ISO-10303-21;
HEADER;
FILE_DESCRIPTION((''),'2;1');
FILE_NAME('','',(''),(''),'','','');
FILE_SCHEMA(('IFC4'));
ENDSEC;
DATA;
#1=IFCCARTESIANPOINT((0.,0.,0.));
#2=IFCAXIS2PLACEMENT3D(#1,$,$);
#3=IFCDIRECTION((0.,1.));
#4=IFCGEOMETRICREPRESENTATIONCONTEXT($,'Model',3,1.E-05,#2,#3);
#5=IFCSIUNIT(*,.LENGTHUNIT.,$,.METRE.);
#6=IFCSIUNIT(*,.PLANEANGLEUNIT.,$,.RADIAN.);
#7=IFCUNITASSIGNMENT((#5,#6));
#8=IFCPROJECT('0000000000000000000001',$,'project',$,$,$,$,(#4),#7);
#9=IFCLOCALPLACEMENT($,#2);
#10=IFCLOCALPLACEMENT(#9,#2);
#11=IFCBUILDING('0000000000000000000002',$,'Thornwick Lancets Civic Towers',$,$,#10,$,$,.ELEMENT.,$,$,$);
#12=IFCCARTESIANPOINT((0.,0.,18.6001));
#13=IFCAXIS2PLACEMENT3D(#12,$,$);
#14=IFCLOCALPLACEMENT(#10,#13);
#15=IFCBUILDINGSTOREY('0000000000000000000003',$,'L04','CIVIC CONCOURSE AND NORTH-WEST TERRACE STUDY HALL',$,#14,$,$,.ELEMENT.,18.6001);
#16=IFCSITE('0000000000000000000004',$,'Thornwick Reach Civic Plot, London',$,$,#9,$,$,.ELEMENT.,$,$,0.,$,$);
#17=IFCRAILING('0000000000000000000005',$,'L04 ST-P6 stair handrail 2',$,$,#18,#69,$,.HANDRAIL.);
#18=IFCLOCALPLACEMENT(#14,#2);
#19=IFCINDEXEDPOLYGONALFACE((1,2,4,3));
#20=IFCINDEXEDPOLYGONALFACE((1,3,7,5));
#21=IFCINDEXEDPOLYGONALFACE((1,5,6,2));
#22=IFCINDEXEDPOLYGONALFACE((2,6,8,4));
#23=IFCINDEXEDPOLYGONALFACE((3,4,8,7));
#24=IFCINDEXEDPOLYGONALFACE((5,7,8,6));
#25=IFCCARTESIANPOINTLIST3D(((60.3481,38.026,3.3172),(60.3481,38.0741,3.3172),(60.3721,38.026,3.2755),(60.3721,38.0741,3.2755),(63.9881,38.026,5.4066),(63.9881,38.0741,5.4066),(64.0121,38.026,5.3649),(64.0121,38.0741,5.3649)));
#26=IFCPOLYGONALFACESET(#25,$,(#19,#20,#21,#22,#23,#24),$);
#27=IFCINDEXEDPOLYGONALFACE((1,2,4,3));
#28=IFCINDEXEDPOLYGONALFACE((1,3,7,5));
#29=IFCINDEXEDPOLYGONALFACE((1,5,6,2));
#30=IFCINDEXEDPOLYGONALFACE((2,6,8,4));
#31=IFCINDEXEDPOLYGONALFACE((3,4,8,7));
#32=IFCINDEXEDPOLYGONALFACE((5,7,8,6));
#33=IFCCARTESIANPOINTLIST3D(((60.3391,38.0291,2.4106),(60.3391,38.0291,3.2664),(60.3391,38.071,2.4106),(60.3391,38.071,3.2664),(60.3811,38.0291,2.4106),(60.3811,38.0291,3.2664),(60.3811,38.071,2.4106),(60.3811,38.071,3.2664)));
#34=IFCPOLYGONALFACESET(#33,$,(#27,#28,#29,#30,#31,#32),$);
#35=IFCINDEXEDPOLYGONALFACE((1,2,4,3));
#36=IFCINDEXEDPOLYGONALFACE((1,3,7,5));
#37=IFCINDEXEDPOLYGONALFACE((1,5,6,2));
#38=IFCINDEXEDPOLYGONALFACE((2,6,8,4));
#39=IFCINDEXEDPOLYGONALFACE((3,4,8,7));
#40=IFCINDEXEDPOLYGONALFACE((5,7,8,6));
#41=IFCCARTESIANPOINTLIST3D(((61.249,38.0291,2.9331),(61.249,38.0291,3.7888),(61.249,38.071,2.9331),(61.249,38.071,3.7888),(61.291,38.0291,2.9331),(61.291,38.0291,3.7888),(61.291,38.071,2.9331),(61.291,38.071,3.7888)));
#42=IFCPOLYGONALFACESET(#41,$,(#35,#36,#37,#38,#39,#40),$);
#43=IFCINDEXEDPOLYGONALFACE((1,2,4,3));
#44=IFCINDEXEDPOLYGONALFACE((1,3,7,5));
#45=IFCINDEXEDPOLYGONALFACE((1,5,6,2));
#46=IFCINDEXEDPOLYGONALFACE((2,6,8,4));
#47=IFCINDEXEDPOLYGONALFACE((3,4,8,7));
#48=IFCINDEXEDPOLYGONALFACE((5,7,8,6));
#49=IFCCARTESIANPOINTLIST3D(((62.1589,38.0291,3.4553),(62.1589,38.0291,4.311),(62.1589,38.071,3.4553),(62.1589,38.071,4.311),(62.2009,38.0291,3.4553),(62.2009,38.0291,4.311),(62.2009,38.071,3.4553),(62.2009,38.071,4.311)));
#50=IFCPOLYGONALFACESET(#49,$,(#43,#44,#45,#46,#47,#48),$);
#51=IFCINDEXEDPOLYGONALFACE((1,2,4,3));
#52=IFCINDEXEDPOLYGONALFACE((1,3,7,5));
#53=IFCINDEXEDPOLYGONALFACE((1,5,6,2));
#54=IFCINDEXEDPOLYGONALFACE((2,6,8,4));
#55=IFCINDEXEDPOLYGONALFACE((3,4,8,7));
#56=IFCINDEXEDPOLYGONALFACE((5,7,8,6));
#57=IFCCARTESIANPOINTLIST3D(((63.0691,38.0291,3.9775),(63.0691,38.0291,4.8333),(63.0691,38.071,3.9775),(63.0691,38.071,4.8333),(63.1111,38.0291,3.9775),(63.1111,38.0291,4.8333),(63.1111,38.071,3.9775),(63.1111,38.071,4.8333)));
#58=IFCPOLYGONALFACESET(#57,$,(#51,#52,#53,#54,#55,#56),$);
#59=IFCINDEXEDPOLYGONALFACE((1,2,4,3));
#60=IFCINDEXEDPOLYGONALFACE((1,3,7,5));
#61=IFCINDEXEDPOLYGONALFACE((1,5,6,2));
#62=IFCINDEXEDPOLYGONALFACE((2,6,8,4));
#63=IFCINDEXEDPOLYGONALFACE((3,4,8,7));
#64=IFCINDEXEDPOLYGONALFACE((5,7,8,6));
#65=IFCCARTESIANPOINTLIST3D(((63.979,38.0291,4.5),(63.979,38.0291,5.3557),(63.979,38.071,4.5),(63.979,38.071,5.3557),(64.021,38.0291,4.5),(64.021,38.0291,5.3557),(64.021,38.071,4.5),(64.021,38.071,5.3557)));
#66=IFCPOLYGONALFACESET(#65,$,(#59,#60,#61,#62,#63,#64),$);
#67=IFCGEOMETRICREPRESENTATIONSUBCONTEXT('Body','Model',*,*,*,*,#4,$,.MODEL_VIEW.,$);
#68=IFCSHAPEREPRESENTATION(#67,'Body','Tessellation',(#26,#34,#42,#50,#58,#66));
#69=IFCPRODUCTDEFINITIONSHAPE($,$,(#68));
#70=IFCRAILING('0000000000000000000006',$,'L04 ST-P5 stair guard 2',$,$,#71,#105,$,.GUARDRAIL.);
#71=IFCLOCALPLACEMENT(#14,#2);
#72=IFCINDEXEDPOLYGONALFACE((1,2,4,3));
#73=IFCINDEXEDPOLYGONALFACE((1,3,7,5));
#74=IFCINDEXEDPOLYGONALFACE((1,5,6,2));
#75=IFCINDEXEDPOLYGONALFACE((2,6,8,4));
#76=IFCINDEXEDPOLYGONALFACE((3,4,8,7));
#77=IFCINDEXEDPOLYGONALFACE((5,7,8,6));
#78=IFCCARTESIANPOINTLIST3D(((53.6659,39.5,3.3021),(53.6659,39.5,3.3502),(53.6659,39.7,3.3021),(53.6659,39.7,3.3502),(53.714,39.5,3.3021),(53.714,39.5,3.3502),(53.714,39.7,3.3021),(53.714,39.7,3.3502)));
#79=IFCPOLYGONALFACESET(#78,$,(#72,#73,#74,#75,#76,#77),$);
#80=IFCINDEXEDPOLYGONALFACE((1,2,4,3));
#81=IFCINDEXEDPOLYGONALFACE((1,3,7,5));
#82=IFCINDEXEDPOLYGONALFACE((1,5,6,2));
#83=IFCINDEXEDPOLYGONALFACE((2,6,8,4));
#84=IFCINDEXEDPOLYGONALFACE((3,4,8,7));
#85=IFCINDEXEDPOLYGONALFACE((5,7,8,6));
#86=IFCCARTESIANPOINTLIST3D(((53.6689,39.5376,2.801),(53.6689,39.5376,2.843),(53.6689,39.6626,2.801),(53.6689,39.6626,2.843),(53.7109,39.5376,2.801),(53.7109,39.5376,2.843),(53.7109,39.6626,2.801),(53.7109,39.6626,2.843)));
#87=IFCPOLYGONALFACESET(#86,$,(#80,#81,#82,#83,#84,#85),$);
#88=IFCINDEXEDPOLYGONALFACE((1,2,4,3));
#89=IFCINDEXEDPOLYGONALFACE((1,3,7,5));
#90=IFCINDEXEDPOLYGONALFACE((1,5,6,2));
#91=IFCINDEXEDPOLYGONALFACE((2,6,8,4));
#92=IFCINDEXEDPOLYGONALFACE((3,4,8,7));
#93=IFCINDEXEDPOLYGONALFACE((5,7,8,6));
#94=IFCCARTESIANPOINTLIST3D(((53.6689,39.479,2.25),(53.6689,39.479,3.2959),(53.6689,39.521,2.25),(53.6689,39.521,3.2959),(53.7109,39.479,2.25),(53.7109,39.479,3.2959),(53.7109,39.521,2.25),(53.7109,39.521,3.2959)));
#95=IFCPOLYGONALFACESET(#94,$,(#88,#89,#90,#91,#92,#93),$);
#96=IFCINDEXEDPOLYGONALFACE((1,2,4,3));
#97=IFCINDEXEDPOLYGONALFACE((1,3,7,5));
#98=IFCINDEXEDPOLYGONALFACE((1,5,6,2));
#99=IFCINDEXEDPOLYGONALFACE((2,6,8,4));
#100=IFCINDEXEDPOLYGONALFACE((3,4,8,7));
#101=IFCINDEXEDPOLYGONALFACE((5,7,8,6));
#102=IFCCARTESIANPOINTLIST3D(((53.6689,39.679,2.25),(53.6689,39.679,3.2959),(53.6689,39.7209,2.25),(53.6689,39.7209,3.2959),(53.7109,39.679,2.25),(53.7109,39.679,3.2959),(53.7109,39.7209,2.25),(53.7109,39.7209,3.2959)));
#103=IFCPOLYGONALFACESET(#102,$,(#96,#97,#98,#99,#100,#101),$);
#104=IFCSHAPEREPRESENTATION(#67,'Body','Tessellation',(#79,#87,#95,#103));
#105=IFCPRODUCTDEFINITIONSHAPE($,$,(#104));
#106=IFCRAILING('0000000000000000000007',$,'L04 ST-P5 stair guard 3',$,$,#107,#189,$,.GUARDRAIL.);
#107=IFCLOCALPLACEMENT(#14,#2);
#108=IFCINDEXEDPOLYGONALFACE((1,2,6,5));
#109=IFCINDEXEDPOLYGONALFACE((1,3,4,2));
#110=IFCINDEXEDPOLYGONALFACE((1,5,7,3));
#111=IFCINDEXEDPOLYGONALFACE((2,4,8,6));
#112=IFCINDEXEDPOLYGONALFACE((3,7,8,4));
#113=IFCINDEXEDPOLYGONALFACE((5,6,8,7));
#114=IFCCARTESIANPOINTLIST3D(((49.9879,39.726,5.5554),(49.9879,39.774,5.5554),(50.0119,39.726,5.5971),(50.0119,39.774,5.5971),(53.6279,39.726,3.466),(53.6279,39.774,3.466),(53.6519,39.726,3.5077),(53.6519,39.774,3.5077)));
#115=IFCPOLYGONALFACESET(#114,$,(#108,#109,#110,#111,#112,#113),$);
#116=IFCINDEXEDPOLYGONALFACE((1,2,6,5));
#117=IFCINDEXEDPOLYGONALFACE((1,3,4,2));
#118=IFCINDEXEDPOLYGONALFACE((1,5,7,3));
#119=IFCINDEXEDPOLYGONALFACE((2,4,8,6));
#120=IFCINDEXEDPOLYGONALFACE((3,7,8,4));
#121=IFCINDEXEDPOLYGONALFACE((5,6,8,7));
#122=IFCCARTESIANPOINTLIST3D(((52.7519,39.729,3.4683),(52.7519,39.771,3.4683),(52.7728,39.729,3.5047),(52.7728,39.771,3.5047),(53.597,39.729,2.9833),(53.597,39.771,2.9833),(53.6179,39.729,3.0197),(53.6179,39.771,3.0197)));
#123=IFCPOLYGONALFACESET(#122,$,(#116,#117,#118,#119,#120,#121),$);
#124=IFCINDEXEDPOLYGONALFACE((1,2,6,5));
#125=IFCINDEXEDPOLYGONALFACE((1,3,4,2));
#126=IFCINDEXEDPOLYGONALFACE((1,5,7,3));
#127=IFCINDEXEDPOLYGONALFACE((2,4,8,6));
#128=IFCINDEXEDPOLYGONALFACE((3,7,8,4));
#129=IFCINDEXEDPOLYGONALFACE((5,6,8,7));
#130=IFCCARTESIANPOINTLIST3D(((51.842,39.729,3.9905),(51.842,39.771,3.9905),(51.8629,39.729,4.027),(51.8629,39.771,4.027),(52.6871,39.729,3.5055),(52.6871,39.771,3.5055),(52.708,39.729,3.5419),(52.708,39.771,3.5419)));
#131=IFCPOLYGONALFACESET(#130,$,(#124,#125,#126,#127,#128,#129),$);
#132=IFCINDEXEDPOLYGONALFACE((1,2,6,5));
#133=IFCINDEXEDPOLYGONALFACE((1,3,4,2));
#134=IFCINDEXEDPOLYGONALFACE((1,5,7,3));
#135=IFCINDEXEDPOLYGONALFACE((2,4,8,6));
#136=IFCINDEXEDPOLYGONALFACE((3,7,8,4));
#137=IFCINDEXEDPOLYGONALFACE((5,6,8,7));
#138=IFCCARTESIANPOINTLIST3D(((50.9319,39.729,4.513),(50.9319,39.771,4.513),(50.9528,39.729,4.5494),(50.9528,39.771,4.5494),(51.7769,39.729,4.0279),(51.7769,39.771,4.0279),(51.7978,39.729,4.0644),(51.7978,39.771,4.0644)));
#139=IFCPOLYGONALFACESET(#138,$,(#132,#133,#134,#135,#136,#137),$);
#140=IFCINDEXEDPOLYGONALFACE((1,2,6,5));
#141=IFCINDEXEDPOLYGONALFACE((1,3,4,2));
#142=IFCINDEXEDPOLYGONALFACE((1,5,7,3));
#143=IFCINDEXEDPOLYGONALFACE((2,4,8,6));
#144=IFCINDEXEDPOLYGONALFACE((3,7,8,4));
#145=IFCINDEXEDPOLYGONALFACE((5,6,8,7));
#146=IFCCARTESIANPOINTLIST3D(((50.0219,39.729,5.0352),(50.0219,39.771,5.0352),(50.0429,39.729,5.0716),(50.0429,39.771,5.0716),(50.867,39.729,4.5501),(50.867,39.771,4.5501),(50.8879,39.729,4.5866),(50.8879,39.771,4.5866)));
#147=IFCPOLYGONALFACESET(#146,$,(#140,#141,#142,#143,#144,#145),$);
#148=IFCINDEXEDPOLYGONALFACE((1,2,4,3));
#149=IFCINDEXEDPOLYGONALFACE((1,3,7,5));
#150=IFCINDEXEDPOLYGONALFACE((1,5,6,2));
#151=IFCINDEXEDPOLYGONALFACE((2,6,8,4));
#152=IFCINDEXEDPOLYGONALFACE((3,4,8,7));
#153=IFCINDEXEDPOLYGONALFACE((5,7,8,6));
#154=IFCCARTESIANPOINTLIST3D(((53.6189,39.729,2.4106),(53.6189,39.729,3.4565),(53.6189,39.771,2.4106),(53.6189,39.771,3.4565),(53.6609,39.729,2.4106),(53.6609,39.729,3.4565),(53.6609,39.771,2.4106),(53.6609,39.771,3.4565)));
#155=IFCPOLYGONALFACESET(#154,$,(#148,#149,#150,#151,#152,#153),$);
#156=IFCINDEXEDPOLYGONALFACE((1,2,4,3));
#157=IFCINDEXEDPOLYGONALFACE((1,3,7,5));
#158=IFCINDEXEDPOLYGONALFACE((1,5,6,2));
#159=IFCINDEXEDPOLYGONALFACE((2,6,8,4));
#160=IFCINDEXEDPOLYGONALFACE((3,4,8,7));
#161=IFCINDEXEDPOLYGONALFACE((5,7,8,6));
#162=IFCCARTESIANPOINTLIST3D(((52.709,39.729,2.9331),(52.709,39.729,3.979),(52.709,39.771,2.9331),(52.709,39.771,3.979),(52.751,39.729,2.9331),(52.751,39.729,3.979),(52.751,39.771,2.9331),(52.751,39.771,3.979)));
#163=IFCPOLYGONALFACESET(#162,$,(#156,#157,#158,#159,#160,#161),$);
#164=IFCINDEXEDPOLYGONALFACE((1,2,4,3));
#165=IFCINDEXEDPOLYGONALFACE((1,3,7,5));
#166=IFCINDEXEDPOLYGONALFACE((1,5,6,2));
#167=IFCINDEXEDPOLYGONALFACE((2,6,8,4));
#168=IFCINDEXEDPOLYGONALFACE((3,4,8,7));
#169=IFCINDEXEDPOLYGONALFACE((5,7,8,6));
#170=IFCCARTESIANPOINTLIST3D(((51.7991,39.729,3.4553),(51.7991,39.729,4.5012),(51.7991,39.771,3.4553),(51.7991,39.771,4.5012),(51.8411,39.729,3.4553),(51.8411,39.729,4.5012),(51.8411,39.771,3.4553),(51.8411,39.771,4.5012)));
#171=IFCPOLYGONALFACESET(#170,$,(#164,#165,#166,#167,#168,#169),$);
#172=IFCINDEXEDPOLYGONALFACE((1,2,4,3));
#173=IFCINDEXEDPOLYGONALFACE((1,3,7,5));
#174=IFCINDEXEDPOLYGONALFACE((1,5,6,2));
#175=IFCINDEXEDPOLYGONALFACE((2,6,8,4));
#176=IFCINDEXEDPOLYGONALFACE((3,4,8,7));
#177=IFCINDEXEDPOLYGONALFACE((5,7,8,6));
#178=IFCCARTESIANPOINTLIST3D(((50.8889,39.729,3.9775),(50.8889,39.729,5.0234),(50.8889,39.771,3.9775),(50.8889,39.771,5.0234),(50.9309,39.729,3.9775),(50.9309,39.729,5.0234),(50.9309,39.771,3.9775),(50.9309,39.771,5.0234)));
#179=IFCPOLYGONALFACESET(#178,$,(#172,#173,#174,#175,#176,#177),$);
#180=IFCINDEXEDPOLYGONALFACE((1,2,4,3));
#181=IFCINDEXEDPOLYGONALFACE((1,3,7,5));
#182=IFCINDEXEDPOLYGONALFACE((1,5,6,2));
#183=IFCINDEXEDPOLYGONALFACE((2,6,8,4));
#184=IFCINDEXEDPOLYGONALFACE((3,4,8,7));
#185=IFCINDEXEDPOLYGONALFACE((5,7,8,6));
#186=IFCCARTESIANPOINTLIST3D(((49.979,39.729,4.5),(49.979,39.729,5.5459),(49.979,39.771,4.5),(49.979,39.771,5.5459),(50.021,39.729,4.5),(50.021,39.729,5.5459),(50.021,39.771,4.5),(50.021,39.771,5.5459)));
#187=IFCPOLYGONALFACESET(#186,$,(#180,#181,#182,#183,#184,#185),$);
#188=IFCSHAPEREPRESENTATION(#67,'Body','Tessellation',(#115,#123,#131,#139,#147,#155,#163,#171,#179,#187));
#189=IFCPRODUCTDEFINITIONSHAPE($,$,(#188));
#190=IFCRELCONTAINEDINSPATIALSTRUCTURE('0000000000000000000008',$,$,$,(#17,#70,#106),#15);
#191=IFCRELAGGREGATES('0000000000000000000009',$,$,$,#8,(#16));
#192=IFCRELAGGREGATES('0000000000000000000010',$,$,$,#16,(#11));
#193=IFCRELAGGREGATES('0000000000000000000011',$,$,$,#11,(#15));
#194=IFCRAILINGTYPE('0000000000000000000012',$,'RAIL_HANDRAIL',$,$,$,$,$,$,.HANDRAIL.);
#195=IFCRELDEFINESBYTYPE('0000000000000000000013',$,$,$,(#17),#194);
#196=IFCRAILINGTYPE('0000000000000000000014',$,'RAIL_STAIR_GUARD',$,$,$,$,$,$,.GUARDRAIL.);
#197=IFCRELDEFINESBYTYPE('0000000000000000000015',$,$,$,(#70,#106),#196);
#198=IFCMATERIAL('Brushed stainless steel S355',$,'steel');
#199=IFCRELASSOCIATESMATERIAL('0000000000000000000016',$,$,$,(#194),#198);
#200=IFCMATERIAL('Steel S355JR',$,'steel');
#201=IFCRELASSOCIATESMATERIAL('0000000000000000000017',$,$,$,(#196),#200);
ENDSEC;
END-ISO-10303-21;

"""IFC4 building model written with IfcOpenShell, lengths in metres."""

from ifc_helpers import new_model, si_unit, direction, frame, origin, origin_2d, place, context, subcontext, project, spatial, rectangle, extrude, material, type_object, element, save


model = new_model("IFC4")

# Units and contexts
model_context = context("Model", 3, precision=1e-05, world=origin(), true_north=direction((0.0, 1.0)))
body_context = subcontext(model_context, "Body", "Model", "MODEL_VIEW")
ifc_project = project(units=[si_unit("LENGTHUNIT", "METRE"), si_unit("PLANEANGLEUNIT", "RADIAN")], contexts=[model_context])

# Site, building, storey
site_placement = place(None, origin())
site = spatial("IfcSite", under=ifc_project, at=site_placement, Name="Thornwick Reach Civic Plot, London", CompositionType="ELEMENT", RefElevation=0.0)
building_placement = place(site_placement, origin())
building = spatial("IfcBuilding", under=site, at=building_placement, Name="Thornwick Lancets Civic Towers", CompositionType="ELEMENT")
storey_placement = place(building_placement, frame((0.0, 0.0, 18.6001)))
storey = spatial("IfcBuildingStorey", under=building, at=storey_placement, Name="L04", Description="CIVIC CONCOURSE AND NORTH-WEST TERRACE STUDY HALL", CompositionType="ELEMENT", Elevation=18.6001)

# Shared definitions
ifc_material_1 = material(Name="Steel S355JR", Category="steel")

# Railings
ifc_material_2 = material(Name="Brushed stainless steel S355", Category="steel")
railing_type_1 = type_object("IfcRailingType", Name="RAIL_HANDRAIL", PredefinedType="HANDRAIL", material=ifc_material_2)
railing_1_placement = place(storey_placement, frame((60.3601, 38.05, 2.4106)))
element("IfcRailing", 1, at=railing_1_placement, inside=storey, type_object=railing_type_1, Name="L04 ST-P6 stair handrail 2", PredefinedType="HANDRAIL", context=body_context, shape_type="SweptSolid", body=[
    extrude(rectangle(XDim=0.0481, YDim=0.0481, at=origin_2d()), frame((0.0, 0.0, 0.8857), z_axis=(0.867275, 0.0, 0.497829), x_axis=(0.0, 1.0, 0.0)), (0.0, 0.0, 1.0), 4.197),
    extrude(rectangle(XDim=0.042, YDim=0.042, at=origin_2d()), origin(), (0.0, 0.0, 1.0), 0.8557),
    extrude(rectangle(XDim=0.042, YDim=0.042, at=origin_2d()), frame((0.9099, 0.0, 0.5225)), (0.0, 0.0, 1.0), 0.8557),
    extrude(rectangle(XDim=0.042, YDim=0.042, at=origin_2d()), frame((1.8198, 0.0, 1.0447)), (0.0, 0.0, 1.0), 0.8557),
    extrude(rectangle(XDim=0.042, YDim=0.042, at=origin_2d()), frame((2.73, 0.0, 1.5669)), (0.0, 0.0, 1.0), 0.8557),
    extrude(rectangle(XDim=0.042, YDim=0.042, at=origin_2d()), frame((3.6399, 0.0, 2.0894)), (0.0, 0.0, 1.0), 0.8557),
])
railing_type_2 = type_object("IfcRailingType", Name="RAIL_STAIR_GUARD", PredefinedType="GUARDRAIL", material=ifc_material_1)
railing_2_placement = place(storey_placement, frame((53.6899, 39.5, 2.25)))
element("IfcRailing", 2, at=railing_2_placement, inside=storey, type_object=railing_type_2, Name="L04 ST-P5 stair guard 2", PredefinedType="GUARDRAIL", context=body_context, shape_type="SweptSolid", body=[
    extrude(rectangle(XDim=0.0481, YDim=0.0481, at=origin_2d()), frame((0.0, 0.0, 1.0762), z_axis=(0.0, 1.0, 0.0), x_axis=(-1.0, 0.0, 0.0)), (0.0, 0.0, 1.0), 0.2),
    extrude(rectangle(XDim=0.042, YDim=0.042, at=origin_2d()), frame((0.0, 0.0376, 0.572), z_axis=(0.0, 1.0, 0.0), x_axis=(-1.0, 0.0, 0.0)), (0.0, 0.0, 1.0), 0.125),
    extrude(rectangle(XDim=0.042, YDim=0.042, at=origin_2d()), origin(), (0.0, 0.0, 1.0), 1.0459),
    extrude(rectangle(XDim=0.042, YDim=0.042, at=origin_2d()), frame((0.0, 0.2, 0.0)), (0.0, 0.0, 1.0), 1.0459),
])
railing_3_placement = place(storey_placement, frame((53.6399, 39.75, 2.4106)))
element("IfcRailing", 3, at=railing_3_placement, inside=storey, type_object=railing_type_2, Name="L04 ST-P5 stair guard 3", PredefinedType="GUARDRAIL", context=body_context, shape_type="SweptSolid", body=[
    extrude(rectangle(XDim=0.0481, YDim=0.0481, at=origin_2d()), frame((0.0, 0.0, 1.0762), z_axis=(-0.867275, 0.0, 0.497829), x_axis=(0.0, -1.0, 0.0)), (0.0, 0.0, 1.0), 4.197),
    extrude(rectangle(XDim=0.042, YDim=0.042, at=origin_2d()), frame((-0.0325, 0.0, 0.5908), z_axis=(-0.867275, 0.0, 0.497829), x_axis=(0.0, -1.0, 0.0)), (0.0, 0.0, 1.0), 0.9744),
    extrude(rectangle(XDim=0.042, YDim=0.042, at=origin_2d()), frame((-0.9424, 0.0, 1.113), z_axis=(-0.867275, 0.0, 0.497829), x_axis=(0.0, -1.0, 0.0)), (0.0, 0.0, 1.0), 0.9744),
    extrude(rectangle(XDim=0.042, YDim=0.042, at=origin_2d()), frame((-1.8525, 0.0, 1.6355), z_axis=(-0.867275, 0.0, 0.497829), x_axis=(0.0, -1.0, 0.0)), (0.0, 0.0, 1.0), 0.9744),
    extrude(rectangle(XDim=0.042, YDim=0.042, at=origin_2d()), frame((-2.7625, 0.0, 2.1577), z_axis=(-0.867275, 0.0, 0.497829), x_axis=(0.0, -1.0, 0.0)), (0.0, 0.0, 1.0), 0.9744),
    extrude(rectangle(XDim=0.042, YDim=0.042, at=origin_2d()), origin(), (0.0, 0.0, 1.0), 1.0459),
    extrude(rectangle(XDim=0.042, YDim=0.042, at=origin_2d()), frame((-0.9099, 0.0, 0.5225)), (0.0, 0.0, 1.0), 1.0459),
    extrude(rectangle(XDim=0.042, YDim=0.042, at=origin_2d()), frame((-1.8198, 0.0, 1.0447)), (0.0, 0.0, 1.0), 1.0459),
    extrude(rectangle(XDim=0.042, YDim=0.042, at=origin_2d()), frame((-2.73, 0.0, 1.5669)), (0.0, 0.0, 1.0), 1.0459),
    extrude(rectangle(XDim=0.042, YDim=0.042, at=origin_2d()), frame((-3.6399, 0.0, 2.0894)), (0.0, 0.0, 1.0), 1.0459),
])

save(model, "model.ifc")
